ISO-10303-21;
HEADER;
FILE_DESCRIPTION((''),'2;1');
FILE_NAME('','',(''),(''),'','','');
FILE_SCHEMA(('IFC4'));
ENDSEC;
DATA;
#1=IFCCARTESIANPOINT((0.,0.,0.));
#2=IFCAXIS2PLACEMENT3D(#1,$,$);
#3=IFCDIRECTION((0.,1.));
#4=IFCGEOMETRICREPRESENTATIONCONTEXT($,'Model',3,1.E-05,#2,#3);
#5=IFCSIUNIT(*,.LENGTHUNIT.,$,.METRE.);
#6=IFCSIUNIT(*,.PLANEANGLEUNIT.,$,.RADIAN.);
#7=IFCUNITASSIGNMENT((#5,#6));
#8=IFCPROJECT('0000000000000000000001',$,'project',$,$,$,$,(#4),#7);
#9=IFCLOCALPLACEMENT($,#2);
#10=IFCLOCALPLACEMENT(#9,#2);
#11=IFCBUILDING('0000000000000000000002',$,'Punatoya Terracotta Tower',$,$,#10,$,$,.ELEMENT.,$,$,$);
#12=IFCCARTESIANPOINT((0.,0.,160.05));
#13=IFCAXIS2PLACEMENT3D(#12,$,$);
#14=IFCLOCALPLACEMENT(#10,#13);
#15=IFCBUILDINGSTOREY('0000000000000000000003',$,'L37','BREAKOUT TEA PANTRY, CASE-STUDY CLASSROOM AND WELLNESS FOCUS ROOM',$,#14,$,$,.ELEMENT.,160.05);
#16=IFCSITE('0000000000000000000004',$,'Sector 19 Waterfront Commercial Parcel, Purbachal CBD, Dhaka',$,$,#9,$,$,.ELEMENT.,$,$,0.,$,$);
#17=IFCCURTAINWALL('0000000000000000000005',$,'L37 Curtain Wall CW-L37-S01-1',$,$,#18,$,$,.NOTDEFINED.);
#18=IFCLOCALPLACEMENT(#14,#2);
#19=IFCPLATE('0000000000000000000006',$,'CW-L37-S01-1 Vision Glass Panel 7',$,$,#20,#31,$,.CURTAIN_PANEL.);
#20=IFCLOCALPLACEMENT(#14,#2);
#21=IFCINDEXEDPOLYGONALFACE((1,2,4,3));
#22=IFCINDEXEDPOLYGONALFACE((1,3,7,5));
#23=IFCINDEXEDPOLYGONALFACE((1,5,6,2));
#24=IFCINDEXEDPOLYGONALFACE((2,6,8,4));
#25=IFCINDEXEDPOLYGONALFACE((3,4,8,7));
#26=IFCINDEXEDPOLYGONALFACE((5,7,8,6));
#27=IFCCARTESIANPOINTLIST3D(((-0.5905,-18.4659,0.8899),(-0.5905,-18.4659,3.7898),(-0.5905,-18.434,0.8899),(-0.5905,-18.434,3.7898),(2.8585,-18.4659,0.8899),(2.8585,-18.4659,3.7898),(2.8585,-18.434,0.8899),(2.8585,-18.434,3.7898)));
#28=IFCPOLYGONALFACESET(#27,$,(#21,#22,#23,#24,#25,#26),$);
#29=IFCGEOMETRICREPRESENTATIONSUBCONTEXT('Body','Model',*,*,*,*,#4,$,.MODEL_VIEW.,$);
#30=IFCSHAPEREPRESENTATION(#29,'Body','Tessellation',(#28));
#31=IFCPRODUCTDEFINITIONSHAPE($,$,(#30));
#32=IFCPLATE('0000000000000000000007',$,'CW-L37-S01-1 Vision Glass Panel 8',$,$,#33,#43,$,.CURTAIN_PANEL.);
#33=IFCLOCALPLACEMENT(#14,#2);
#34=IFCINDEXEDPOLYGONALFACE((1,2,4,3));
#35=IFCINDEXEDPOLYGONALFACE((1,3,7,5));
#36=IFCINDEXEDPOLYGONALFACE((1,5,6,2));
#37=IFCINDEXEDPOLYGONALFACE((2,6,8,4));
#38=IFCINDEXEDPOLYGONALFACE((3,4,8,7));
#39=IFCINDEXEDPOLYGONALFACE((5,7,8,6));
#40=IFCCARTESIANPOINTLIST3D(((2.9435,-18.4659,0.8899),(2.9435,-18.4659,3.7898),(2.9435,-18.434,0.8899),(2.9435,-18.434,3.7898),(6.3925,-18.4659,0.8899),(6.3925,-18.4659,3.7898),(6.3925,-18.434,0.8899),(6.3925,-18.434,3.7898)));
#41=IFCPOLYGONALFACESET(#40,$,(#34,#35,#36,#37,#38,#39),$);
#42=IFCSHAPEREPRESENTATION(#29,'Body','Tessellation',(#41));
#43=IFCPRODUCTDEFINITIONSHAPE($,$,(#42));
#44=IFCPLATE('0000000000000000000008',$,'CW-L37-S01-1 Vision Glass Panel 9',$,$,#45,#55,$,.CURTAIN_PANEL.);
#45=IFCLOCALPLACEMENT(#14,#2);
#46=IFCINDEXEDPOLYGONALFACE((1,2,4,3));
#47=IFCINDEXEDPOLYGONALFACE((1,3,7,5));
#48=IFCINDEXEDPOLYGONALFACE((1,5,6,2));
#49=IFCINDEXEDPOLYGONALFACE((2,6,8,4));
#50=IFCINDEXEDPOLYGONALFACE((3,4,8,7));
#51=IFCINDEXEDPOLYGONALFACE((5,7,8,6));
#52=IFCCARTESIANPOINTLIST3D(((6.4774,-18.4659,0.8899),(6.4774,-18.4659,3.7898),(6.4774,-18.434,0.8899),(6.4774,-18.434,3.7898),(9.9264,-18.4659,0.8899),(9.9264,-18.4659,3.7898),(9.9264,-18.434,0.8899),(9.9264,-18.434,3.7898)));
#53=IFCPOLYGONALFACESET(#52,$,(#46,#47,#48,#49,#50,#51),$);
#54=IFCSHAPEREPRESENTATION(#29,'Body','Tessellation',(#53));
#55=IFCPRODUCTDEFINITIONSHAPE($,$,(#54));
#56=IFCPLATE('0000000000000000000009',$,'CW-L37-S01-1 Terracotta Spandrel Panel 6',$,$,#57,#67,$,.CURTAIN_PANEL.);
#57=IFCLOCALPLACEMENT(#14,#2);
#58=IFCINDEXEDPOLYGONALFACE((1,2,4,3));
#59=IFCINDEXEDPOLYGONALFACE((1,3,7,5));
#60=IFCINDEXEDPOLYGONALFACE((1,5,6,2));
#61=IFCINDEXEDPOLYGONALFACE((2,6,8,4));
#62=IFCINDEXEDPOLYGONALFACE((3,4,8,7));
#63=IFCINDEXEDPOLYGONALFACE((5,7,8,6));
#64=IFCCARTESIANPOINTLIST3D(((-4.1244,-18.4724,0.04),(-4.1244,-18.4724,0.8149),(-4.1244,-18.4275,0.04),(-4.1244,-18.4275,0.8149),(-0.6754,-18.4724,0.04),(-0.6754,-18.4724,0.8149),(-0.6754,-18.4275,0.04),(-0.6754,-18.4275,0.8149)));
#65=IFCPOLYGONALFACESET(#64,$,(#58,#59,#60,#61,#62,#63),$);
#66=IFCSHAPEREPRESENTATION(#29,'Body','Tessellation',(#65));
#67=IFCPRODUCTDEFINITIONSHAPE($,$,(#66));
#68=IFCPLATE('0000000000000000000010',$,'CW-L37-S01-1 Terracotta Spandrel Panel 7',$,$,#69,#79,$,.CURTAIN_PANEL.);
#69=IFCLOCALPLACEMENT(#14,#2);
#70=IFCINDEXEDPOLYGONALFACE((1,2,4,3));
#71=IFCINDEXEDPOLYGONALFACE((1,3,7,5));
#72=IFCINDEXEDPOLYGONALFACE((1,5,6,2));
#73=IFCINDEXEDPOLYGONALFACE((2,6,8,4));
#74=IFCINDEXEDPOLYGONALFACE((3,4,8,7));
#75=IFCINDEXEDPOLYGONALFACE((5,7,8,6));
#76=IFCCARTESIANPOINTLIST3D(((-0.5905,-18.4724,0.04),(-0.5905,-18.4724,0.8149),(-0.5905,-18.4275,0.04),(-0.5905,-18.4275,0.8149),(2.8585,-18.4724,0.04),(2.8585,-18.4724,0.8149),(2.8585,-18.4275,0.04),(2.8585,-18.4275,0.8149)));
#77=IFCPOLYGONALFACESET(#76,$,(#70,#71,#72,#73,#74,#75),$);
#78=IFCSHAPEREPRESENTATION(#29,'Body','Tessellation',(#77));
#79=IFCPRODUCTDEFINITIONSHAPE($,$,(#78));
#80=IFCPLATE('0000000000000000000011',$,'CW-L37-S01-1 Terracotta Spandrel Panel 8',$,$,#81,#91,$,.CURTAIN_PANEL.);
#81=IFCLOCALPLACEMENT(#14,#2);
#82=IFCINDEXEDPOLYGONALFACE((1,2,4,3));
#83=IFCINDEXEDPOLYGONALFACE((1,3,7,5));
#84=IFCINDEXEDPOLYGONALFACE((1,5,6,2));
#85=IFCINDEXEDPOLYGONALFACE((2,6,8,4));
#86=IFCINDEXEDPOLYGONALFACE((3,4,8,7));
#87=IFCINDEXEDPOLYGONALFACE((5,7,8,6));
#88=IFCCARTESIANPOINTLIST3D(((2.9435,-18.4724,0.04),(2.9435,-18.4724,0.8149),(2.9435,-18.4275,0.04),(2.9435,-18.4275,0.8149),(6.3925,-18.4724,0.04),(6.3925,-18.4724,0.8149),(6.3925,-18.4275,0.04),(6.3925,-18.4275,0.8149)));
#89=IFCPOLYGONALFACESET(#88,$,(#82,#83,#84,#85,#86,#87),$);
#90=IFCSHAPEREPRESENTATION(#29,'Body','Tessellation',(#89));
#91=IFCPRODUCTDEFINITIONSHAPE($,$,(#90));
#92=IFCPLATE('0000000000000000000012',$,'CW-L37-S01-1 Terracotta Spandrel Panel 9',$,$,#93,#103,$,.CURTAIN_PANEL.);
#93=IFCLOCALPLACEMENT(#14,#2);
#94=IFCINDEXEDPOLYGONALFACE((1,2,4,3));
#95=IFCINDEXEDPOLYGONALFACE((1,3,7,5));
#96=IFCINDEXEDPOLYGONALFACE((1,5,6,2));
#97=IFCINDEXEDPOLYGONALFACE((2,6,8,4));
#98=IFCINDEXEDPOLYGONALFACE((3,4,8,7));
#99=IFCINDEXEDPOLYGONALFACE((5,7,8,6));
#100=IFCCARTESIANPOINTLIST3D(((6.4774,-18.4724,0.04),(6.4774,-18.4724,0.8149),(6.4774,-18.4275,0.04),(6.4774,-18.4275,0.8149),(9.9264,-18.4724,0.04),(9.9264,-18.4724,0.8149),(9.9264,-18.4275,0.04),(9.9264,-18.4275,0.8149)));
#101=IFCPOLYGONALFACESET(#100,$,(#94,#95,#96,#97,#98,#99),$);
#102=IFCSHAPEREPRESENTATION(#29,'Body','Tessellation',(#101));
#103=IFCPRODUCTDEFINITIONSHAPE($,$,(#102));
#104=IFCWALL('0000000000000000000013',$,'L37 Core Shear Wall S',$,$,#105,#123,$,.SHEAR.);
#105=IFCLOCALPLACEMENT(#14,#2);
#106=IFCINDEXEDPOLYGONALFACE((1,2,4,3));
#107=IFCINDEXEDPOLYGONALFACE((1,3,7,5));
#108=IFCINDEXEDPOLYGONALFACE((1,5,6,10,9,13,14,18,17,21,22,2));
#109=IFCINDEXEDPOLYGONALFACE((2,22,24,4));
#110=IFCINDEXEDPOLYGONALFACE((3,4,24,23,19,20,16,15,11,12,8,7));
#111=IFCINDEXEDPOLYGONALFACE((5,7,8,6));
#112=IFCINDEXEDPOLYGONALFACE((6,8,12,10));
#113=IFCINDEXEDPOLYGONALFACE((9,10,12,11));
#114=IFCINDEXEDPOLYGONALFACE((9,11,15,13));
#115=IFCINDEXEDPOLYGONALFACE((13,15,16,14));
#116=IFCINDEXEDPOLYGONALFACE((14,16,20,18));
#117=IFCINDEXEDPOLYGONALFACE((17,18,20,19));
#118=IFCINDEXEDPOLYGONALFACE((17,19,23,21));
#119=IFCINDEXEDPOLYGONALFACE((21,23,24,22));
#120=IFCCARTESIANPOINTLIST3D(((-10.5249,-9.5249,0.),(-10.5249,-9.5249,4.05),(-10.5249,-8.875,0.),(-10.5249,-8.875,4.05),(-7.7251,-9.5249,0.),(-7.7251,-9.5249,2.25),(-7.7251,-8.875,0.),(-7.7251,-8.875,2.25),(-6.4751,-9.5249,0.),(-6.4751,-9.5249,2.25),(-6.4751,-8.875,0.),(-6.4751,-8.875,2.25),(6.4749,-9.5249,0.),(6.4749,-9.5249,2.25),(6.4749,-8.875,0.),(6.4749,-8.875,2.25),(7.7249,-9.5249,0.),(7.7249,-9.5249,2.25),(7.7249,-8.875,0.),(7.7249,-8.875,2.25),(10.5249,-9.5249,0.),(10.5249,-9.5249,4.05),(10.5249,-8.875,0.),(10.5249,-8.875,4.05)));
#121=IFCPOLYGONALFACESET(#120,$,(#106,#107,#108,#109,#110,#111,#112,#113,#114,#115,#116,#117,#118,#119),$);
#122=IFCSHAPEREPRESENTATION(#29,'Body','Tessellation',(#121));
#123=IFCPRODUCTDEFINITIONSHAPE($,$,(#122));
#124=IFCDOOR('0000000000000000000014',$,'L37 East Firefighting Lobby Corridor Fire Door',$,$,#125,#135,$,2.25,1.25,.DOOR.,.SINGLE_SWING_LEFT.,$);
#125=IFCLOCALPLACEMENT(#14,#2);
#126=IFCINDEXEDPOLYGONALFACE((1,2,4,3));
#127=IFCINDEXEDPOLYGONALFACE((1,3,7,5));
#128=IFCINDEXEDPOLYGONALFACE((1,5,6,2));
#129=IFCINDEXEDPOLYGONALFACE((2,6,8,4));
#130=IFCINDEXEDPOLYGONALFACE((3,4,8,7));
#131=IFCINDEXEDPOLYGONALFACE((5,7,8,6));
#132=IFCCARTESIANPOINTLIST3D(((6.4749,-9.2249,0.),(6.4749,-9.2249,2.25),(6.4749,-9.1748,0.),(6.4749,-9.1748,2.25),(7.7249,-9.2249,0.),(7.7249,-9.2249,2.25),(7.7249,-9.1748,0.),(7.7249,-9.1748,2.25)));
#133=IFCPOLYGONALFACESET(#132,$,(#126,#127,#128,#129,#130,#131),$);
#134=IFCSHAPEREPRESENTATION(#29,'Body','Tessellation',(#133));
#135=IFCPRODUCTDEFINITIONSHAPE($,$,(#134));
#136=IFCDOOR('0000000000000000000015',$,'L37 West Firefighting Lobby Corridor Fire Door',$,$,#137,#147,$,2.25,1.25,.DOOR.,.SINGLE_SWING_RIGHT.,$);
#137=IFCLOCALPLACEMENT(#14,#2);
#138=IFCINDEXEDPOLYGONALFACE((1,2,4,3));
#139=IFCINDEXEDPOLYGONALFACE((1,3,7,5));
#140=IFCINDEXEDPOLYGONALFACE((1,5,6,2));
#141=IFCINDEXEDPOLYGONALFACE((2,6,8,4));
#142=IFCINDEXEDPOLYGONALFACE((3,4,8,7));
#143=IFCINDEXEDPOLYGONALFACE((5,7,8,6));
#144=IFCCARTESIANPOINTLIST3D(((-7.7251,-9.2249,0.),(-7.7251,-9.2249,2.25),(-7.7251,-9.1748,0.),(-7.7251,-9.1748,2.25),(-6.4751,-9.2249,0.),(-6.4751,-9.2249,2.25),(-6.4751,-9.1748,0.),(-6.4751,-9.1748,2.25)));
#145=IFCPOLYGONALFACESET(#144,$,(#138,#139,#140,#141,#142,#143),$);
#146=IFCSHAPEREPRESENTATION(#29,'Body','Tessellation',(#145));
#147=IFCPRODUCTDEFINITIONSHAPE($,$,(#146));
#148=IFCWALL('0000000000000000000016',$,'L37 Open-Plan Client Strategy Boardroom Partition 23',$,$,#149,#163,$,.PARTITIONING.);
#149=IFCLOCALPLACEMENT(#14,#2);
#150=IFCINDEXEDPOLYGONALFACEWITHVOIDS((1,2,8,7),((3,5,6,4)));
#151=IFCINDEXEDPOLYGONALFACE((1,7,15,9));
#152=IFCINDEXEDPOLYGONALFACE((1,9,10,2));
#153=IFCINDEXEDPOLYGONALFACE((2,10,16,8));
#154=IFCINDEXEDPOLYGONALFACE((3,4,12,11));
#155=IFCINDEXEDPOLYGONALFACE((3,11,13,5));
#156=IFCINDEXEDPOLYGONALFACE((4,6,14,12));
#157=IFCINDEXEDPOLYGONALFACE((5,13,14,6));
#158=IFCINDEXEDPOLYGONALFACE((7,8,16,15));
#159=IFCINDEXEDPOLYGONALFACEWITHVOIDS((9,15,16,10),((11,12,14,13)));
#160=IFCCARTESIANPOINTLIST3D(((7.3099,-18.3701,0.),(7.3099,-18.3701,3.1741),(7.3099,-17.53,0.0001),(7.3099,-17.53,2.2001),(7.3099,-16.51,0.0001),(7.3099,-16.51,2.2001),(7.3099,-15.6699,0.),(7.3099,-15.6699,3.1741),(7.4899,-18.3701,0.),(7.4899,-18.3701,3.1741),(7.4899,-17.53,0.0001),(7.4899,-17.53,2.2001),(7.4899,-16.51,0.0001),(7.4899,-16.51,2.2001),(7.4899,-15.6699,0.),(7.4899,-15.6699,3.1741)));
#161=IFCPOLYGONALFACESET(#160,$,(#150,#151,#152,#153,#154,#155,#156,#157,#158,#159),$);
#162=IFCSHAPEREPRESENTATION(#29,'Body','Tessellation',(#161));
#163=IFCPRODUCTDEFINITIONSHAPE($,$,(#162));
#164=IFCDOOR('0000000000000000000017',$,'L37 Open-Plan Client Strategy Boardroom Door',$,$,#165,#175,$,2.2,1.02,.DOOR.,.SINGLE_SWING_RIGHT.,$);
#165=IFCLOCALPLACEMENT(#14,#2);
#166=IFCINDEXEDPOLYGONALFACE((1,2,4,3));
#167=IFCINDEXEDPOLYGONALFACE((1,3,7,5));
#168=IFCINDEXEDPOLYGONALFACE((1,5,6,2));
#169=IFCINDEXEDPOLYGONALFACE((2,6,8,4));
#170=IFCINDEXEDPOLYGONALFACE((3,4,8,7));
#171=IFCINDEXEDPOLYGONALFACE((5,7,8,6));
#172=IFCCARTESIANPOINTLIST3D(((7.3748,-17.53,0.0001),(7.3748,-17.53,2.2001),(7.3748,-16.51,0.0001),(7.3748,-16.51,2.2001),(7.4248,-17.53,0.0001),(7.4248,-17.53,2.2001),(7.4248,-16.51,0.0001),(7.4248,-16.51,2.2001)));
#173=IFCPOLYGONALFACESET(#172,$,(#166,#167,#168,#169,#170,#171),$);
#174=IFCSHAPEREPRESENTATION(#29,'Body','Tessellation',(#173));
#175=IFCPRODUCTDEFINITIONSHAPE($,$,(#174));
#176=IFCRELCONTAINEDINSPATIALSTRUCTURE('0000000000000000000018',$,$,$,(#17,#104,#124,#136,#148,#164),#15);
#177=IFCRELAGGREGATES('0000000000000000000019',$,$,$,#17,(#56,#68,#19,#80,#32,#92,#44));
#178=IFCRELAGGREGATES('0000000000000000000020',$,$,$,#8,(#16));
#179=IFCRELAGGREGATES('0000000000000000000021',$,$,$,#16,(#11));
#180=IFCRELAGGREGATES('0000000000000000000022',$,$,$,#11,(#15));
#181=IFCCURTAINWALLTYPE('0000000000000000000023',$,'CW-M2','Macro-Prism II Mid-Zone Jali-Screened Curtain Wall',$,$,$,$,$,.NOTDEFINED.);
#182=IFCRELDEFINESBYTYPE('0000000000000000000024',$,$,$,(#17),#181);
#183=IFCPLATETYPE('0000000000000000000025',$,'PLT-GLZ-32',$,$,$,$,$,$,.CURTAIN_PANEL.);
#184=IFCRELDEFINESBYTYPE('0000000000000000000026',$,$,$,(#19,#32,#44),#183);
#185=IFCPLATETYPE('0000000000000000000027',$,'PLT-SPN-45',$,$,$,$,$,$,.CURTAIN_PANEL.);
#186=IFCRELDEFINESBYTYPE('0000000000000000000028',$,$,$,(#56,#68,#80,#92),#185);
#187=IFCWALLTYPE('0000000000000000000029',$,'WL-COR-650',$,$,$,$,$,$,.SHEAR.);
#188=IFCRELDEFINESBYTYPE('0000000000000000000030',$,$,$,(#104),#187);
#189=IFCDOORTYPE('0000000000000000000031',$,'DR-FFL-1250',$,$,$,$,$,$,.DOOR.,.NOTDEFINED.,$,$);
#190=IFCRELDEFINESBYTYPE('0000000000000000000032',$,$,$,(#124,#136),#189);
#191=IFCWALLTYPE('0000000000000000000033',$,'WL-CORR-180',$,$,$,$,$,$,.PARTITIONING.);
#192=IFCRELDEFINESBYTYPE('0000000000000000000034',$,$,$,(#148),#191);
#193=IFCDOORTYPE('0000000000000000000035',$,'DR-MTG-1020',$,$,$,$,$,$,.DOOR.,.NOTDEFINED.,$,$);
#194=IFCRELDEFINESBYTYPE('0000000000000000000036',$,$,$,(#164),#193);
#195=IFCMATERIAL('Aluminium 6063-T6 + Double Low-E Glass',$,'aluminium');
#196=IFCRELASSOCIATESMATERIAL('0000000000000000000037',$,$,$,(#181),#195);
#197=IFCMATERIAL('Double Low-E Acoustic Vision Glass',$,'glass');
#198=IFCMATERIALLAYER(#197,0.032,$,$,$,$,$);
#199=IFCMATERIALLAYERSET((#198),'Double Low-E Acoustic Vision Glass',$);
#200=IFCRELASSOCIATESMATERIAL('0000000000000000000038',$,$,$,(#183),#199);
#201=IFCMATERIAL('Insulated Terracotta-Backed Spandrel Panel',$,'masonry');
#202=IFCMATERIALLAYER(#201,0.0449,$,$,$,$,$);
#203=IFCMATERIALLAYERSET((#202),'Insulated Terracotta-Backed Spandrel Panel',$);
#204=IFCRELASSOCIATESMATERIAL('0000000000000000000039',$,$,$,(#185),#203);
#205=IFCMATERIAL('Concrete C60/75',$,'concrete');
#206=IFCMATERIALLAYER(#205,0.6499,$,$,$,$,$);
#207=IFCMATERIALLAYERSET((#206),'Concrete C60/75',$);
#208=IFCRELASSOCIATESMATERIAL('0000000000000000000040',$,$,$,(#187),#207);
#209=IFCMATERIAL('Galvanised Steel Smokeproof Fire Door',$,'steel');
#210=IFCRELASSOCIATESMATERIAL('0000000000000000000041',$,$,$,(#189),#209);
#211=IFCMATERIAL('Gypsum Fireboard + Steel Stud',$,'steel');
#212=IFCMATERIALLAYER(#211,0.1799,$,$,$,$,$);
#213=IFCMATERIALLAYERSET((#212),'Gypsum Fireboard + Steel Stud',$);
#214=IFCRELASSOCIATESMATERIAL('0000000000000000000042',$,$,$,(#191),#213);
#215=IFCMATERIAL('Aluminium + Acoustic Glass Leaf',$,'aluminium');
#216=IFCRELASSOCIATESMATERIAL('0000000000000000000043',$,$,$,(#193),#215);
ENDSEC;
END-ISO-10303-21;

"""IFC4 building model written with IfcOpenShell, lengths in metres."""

from ifc_helpers import new_model, si_unit, direction, frame, frame_2d, origin, origin_2d, place, context, subcontext, project, spatial, rectangle, extrude, material, layer, layer_set, type_object, element, fill, aggregate, save


model = new_model("IFC4")

# Units and contexts
model_context = context("Model", 3, precision=1e-05, world=origin(), true_north=direction((0.0, 1.0)))
body_context = subcontext(model_context, "Body", "Model", "MODEL_VIEW")
ifc_project = project(units=[si_unit("LENGTHUNIT", "METRE"), si_unit("PLANEANGLEUNIT", "RADIAN")], contexts=[model_context])

# Site, building, storey
site_placement = place(None, origin())
site = spatial("IfcSite", under=ifc_project, at=site_placement, Name="Sector 19 Waterfront Commercial Parcel, Purbachal CBD, Dhaka", CompositionType="ELEMENT", RefElevation=0.0)
building_placement = place(site_placement, origin())
building = spatial("IfcBuilding", under=site, at=building_placement, Name="Punatoya Terracotta Tower", CompositionType="ELEMENT")
storey_placement = place(building_placement, frame((0.0, 0.0, 160.05)))
storey = spatial("IfcBuildingStorey", under=building, at=storey_placement, Name="L37", Description="BREAKOUT TEA PANTRY, CASE-STUDY CLASSROOM AND WELLNESS FOCUS ROOM", CompositionType="ELEMENT", Elevation=160.05)

# Curtain wall, plates
ifc_material_1 = material(Name="Aluminium 6063-T6 + Double Low-E Glass", Category="aluminium")
curtain_wall_type = type_object("IfcCurtainWallType", Name="CW-M2", Description="Macro-Prism II Mid-Zone Jali-Screened Curtain Wall", PredefinedType="NOTDEFINED", material=ifc_material_1)
curtain_wall_placement = place(storey_placement, origin())
curtain_wall = element("IfcCurtainWall", 1, at=curtain_wall_placement, inside=storey, type_object=curtain_wall_type, Name="L37 Curtain Wall CW-L37-S01-1", PredefinedType="NOTDEFINED")
ifc_material_2 = material(Name="Double Low-E Acoustic Vision Glass", Category="glass")
ifc_layer_1 = layer(ifc_material_2, 0.032)
ifc_layer_set_1 = layer_set([ifc_layer_1], Name="Double Low-E Acoustic Vision Glass")
plate_type_1 = type_object("IfcPlateType", Name="PLT-GLZ-32", PredefinedType="CURTAIN_PANEL", material=ifc_layer_set_1)
plate_1_placement = place(storey_placement, frame((1.134, -18.45, 0.8899), z_axis=(0.0, 0.0, 1.0), x_axis=(1.0, 0.0, 0.0)))
plate_1 = element("IfcPlate", 2, at=plate_1_placement, type_object=plate_type_1, Name="CW-L37-S01-1 Vision Glass Panel 7", PredefinedType="CURTAIN_PANEL", context=body_context, shape_type="SweptSolid", body=[
    extrude(rectangle(XDim=3.449, YDim=0.032, at=origin_2d()), origin(), (0.0, 0.0, 1.0), 2.8999),
])
plate_2_placement = place(storey_placement, frame((4.668, -18.45, 0.8899), z_axis=(0.0, 0.0, 1.0), x_axis=(1.0, 0.0, 0.0)))
plate_2 = element("IfcPlate", 3, at=plate_2_placement, type_object=plate_type_1, Name="CW-L37-S01-1 Vision Glass Panel 8", PredefinedType="CURTAIN_PANEL", context=body_context, shape_type="SweptSolid", body=[
    extrude(rectangle(XDim=3.449, YDim=0.032, at=origin_2d()), origin(), (0.0, 0.0, 1.0), 2.8999),
])
plate_3_placement = place(storey_placement, frame((8.2019, -18.45, 0.8899), z_axis=(0.0, 0.0, 1.0), x_axis=(1.0, 0.0, 0.0)))
plate_3 = element("IfcPlate", 4, at=plate_3_placement, type_object=plate_type_1, Name="CW-L37-S01-1 Vision Glass Panel 9", PredefinedType="CURTAIN_PANEL", context=body_context, shape_type="SweptSolid", body=[
    extrude(rectangle(XDim=3.449, YDim=0.032, at=origin_2d()), origin(), (0.0, 0.0, 1.0), 2.8999),
])
ifc_material_3 = material(Name="Insulated Terracotta-Backed Spandrel Panel", Category="masonry")
ifc_layer_2 = layer(ifc_material_3, 0.0449)
ifc_layer_set_2 = layer_set([ifc_layer_2], Name="Insulated Terracotta-Backed Spandrel Panel")
plate_type_2 = type_object("IfcPlateType", Name="PLT-SPN-45", PredefinedType="CURTAIN_PANEL", material=ifc_layer_set_2)
plate_4_placement = place(storey_placement, frame((-2.3999, -18.45, 0.04), z_axis=(0.0, 0.0, 1.0), x_axis=(1.0, 0.0, 0.0)))
plate_4 = element("IfcPlate", 5, at=plate_4_placement, type_object=plate_type_2, Name="CW-L37-S01-1 Terracotta Spandrel Panel 6", PredefinedType="CURTAIN_PANEL", context=body_context, shape_type="SweptSolid", body=[
    extrude(rectangle(XDim=3.449, YDim=0.0449, at=origin_2d()), origin(), (0.0, 0.0, 1.0), 0.7749),
])
plate_5_placement = place(storey_placement, frame((1.134, -18.45, 0.04), z_axis=(0.0, 0.0, 1.0), x_axis=(1.0, 0.0, 0.0)))
plate_5 = element("IfcPlate", 6, at=plate_5_placement, type_object=plate_type_2, Name="CW-L37-S01-1 Terracotta Spandrel Panel 7", PredefinedType="CURTAIN_PANEL", context=body_context, shape_type="SweptSolid", body=[
    extrude(rectangle(XDim=3.449, YDim=0.0449, at=origin_2d()), origin(), (0.0, 0.0, 1.0), 0.7749),
])
plate_6_placement = place(storey_placement, frame((4.668, -18.45, 0.04), z_axis=(0.0, 0.0, 1.0), x_axis=(1.0, 0.0, 0.0)))
plate_6 = element("IfcPlate", 7, at=plate_6_placement, type_object=plate_type_2, Name="CW-L37-S01-1 Terracotta Spandrel Panel 8", PredefinedType="CURTAIN_PANEL", context=body_context, shape_type="SweptSolid", body=[
    extrude(rectangle(XDim=3.449, YDim=0.0449, at=origin_2d()), origin(), (0.0, 0.0, 1.0), 0.7749),
])
plate_7_placement = place(storey_placement, frame((8.2019, -18.45, 0.04), z_axis=(0.0, 0.0, 1.0), x_axis=(1.0, 0.0, 0.0)))
plate_7 = element("IfcPlate", 8, at=plate_7_placement, type_object=plate_type_2, Name="CW-L37-S01-1 Terracotta Spandrel Panel 9", PredefinedType="CURTAIN_PANEL", context=body_context, shape_type="SweptSolid", body=[
    extrude(rectangle(XDim=3.449, YDim=0.0449, at=origin_2d()), origin(), (0.0, 0.0, 1.0), 0.7749),
])
aggregate(curtain_wall, [plate_4, plate_5, plate_1, plate_6, plate_2, plate_7, plate_3])

# Wall, openings, doors
ifc_material_4 = material(Name="Concrete C60/75", Category="concrete")
ifc_layer_3 = layer(ifc_material_4, 0.6499)
ifc_layer_set_3 = layer_set([ifc_layer_3], Name="Concrete C60/75")
wall_type_1 = type_object("IfcWallType", Name="WL-COR-650", PredefinedType="SHEAR", material=ifc_layer_set_3)
wall_1_placement = place(storey_placement, frame((10.5249, -9.2, 0.0), z_axis=(0.0, 0.0, 1.0), x_axis=(-1.0, 0.0, 0.0)))
wall_1 = element("IfcWall", 9, at=wall_1_placement, inside=storey, type_object=wall_type_1, Name="L37 Core Shear Wall S", PredefinedType="SHEAR", context=body_context, shape_type="SweptSolid", body=[
    extrude(rectangle(XDim=21.0498, YDim=0.6499, at=frame_2d((10.5249, 0.0))), origin(), (0.0, 0.0, 1.0), 4.05),
])
opening_1_placement = place(wall_1_placement, frame((2.8, 0.0, 0.0)))
opening_1 = element("IfcOpeningElement", 10, at=opening_1_placement, cuts=wall_1, PredefinedType="OPENING", context=body_context, shape_type="SweptSolid", body=[
    extrude(rectangle(XDim=1.25, YDim=2.25, at=frame_2d((0.625, 1.125))), frame((0.0, 0.335, 0.0), z_axis=(0.0, -1.0, 0.0), x_axis=(1.0, 0.0, 0.0)), (0.0, 0.0, 1.0), 0.6699),
])
opening_2_placement = place(wall_1_placement, frame((17.0, 0.0, 0.0)))
opening_2 = element("IfcOpeningElement", 11, at=opening_2_placement, cuts=wall_1, PredefinedType="OPENING", context=body_context, shape_type="SweptSolid", body=[
    extrude(rectangle(XDim=1.25, YDim=2.25, at=frame_2d((0.625, 1.125))), frame((0.0, 0.335, 0.0), z_axis=(0.0, -1.0, 0.0), x_axis=(1.0, 0.0, 0.0)), (0.0, 0.0, 1.0), 0.6699),
])
ifc_material_5 = material(Name="Galvanised Steel Smokeproof Fire Door", Category="steel")
door_type_1 = type_object("IfcDoorType", Name="DR-FFL-1250", OperationType="NOTDEFINED", PredefinedType="DOOR", material=ifc_material_5)
door_1_placement = place(opening_1_placement, origin())
door_1 = element("IfcDoor", 12, at=door_1_placement, inside=storey, type_object=door_type_1, Name="L37 East Firefighting Lobby Corridor Fire Door", OperationType="SINGLE_SWING_LEFT", OverallHeight=2.25, OverallWidth=1.25, PredefinedType="DOOR", context=body_context, shape_type="SweptSolid", body=[
    extrude(rectangle(XDim=1.25, YDim=2.25, at=frame_2d((0.625, 1.125))), frame((0.0, 0.0249, 0.0), z_axis=(0.0, -1.0, 0.0), x_axis=(1.0, 0.0, 0.0)), (0.0, 0.0, 1.0), 0.05),
])
fill(opening_1, door_1)
door_2_placement = place(opening_2_placement, origin())
door_2 = element("IfcDoor", 13, at=door_2_placement, inside=storey, type_object=door_type_1, Name="L37 West Firefighting Lobby Corridor Fire Door", OperationType="SINGLE_SWING_RIGHT", OverallHeight=2.25, OverallWidth=1.25, PredefinedType="DOOR", context=body_context, shape_type="SweptSolid", body=[
    extrude(rectangle(XDim=1.25, YDim=2.25, at=frame_2d((0.625, 1.125))), frame((0.0, 0.0249, 0.0), z_axis=(0.0, -1.0, 0.0), x_axis=(1.0, 0.0, 0.0)), (0.0, 0.0, 1.0), 0.05),
])
fill(opening_2, door_2)

# Wall, opening, door
ifc_material_6 = material(Name="Gypsum Fireboard + Steel Stud", Category="steel")
ifc_layer_4 = layer(ifc_material_6, 0.1799)
ifc_layer_set_4 = layer_set([ifc_layer_4], Name="Gypsum Fireboard + Steel Stud")
wall_type_2 = type_object("IfcWallType", Name="WL-CORR-180", PredefinedType="PARTITIONING", material=ifc_layer_set_4)
wall_2_placement = place(storey_placement, frame((7.3999, -15.6699, 0.0), z_axis=(0.0, 0.0, 1.0), x_axis=(0.0, -1.0, 0.0)))
wall_2 = element("IfcWall", 14, at=wall_2_placement, inside=storey, type_object=wall_type_2, Name="L37 Open-Plan Client Strategy Boardroom Partition 23", PredefinedType="PARTITIONING", context=body_context, shape_type="SweptSolid", body=[
    extrude(rectangle(XDim=2.7002, YDim=0.1799, at=frame_2d((1.3501, 0.0))), origin(), (0.0, 0.0, 1.0), 3.1741),
])
opening_3_placement = place(wall_2_placement, frame((0.8401, 0.0, 0.0)))
opening_3 = element("IfcOpeningElement", 15, at=opening_3_placement, cuts=wall_2, PredefinedType="OPENING", context=body_context, shape_type="SweptSolid", body=[
    extrude(rectangle(XDim=1.02, YDim=2.2, at=frame_2d((0.51, 1.1001))), frame((0.0, 0.0999, 0.0), z_axis=(0.0, -1.0, 0.0), x_axis=(1.0, 0.0, 0.0)), (0.0, 0.0, 1.0), 0.2),
])
ifc_material_7 = material(Name="Aluminium + Acoustic Glass Leaf", Category="aluminium")
door_type_2 = type_object("IfcDoorType", Name="DR-MTG-1020", OperationType="NOTDEFINED", PredefinedType="DOOR", material=ifc_material_7)
door_3_placement = place(opening_3_placement, origin())
door_3 = element("IfcDoor", 16, at=door_3_placement, inside=storey, type_object=door_type_2, Name="L37 Open-Plan Client Strategy Boardroom Door", OperationType="SINGLE_SWING_RIGHT", OverallHeight=2.2, OverallWidth=1.02, PredefinedType="DOOR", context=body_context, shape_type="SweptSolid", body=[
    extrude(rectangle(XDim=1.02, YDim=2.2, at=frame_2d((0.51, 1.1001))), frame((0.0, 0.0249, 0.0), z_axis=(0.0, -1.0, 0.0), x_axis=(1.0, 0.0, 0.0)), (0.0, 0.0, 1.0), 0.05),
])
fill(opening_3, door_3)

save(model, "model.ifc")
